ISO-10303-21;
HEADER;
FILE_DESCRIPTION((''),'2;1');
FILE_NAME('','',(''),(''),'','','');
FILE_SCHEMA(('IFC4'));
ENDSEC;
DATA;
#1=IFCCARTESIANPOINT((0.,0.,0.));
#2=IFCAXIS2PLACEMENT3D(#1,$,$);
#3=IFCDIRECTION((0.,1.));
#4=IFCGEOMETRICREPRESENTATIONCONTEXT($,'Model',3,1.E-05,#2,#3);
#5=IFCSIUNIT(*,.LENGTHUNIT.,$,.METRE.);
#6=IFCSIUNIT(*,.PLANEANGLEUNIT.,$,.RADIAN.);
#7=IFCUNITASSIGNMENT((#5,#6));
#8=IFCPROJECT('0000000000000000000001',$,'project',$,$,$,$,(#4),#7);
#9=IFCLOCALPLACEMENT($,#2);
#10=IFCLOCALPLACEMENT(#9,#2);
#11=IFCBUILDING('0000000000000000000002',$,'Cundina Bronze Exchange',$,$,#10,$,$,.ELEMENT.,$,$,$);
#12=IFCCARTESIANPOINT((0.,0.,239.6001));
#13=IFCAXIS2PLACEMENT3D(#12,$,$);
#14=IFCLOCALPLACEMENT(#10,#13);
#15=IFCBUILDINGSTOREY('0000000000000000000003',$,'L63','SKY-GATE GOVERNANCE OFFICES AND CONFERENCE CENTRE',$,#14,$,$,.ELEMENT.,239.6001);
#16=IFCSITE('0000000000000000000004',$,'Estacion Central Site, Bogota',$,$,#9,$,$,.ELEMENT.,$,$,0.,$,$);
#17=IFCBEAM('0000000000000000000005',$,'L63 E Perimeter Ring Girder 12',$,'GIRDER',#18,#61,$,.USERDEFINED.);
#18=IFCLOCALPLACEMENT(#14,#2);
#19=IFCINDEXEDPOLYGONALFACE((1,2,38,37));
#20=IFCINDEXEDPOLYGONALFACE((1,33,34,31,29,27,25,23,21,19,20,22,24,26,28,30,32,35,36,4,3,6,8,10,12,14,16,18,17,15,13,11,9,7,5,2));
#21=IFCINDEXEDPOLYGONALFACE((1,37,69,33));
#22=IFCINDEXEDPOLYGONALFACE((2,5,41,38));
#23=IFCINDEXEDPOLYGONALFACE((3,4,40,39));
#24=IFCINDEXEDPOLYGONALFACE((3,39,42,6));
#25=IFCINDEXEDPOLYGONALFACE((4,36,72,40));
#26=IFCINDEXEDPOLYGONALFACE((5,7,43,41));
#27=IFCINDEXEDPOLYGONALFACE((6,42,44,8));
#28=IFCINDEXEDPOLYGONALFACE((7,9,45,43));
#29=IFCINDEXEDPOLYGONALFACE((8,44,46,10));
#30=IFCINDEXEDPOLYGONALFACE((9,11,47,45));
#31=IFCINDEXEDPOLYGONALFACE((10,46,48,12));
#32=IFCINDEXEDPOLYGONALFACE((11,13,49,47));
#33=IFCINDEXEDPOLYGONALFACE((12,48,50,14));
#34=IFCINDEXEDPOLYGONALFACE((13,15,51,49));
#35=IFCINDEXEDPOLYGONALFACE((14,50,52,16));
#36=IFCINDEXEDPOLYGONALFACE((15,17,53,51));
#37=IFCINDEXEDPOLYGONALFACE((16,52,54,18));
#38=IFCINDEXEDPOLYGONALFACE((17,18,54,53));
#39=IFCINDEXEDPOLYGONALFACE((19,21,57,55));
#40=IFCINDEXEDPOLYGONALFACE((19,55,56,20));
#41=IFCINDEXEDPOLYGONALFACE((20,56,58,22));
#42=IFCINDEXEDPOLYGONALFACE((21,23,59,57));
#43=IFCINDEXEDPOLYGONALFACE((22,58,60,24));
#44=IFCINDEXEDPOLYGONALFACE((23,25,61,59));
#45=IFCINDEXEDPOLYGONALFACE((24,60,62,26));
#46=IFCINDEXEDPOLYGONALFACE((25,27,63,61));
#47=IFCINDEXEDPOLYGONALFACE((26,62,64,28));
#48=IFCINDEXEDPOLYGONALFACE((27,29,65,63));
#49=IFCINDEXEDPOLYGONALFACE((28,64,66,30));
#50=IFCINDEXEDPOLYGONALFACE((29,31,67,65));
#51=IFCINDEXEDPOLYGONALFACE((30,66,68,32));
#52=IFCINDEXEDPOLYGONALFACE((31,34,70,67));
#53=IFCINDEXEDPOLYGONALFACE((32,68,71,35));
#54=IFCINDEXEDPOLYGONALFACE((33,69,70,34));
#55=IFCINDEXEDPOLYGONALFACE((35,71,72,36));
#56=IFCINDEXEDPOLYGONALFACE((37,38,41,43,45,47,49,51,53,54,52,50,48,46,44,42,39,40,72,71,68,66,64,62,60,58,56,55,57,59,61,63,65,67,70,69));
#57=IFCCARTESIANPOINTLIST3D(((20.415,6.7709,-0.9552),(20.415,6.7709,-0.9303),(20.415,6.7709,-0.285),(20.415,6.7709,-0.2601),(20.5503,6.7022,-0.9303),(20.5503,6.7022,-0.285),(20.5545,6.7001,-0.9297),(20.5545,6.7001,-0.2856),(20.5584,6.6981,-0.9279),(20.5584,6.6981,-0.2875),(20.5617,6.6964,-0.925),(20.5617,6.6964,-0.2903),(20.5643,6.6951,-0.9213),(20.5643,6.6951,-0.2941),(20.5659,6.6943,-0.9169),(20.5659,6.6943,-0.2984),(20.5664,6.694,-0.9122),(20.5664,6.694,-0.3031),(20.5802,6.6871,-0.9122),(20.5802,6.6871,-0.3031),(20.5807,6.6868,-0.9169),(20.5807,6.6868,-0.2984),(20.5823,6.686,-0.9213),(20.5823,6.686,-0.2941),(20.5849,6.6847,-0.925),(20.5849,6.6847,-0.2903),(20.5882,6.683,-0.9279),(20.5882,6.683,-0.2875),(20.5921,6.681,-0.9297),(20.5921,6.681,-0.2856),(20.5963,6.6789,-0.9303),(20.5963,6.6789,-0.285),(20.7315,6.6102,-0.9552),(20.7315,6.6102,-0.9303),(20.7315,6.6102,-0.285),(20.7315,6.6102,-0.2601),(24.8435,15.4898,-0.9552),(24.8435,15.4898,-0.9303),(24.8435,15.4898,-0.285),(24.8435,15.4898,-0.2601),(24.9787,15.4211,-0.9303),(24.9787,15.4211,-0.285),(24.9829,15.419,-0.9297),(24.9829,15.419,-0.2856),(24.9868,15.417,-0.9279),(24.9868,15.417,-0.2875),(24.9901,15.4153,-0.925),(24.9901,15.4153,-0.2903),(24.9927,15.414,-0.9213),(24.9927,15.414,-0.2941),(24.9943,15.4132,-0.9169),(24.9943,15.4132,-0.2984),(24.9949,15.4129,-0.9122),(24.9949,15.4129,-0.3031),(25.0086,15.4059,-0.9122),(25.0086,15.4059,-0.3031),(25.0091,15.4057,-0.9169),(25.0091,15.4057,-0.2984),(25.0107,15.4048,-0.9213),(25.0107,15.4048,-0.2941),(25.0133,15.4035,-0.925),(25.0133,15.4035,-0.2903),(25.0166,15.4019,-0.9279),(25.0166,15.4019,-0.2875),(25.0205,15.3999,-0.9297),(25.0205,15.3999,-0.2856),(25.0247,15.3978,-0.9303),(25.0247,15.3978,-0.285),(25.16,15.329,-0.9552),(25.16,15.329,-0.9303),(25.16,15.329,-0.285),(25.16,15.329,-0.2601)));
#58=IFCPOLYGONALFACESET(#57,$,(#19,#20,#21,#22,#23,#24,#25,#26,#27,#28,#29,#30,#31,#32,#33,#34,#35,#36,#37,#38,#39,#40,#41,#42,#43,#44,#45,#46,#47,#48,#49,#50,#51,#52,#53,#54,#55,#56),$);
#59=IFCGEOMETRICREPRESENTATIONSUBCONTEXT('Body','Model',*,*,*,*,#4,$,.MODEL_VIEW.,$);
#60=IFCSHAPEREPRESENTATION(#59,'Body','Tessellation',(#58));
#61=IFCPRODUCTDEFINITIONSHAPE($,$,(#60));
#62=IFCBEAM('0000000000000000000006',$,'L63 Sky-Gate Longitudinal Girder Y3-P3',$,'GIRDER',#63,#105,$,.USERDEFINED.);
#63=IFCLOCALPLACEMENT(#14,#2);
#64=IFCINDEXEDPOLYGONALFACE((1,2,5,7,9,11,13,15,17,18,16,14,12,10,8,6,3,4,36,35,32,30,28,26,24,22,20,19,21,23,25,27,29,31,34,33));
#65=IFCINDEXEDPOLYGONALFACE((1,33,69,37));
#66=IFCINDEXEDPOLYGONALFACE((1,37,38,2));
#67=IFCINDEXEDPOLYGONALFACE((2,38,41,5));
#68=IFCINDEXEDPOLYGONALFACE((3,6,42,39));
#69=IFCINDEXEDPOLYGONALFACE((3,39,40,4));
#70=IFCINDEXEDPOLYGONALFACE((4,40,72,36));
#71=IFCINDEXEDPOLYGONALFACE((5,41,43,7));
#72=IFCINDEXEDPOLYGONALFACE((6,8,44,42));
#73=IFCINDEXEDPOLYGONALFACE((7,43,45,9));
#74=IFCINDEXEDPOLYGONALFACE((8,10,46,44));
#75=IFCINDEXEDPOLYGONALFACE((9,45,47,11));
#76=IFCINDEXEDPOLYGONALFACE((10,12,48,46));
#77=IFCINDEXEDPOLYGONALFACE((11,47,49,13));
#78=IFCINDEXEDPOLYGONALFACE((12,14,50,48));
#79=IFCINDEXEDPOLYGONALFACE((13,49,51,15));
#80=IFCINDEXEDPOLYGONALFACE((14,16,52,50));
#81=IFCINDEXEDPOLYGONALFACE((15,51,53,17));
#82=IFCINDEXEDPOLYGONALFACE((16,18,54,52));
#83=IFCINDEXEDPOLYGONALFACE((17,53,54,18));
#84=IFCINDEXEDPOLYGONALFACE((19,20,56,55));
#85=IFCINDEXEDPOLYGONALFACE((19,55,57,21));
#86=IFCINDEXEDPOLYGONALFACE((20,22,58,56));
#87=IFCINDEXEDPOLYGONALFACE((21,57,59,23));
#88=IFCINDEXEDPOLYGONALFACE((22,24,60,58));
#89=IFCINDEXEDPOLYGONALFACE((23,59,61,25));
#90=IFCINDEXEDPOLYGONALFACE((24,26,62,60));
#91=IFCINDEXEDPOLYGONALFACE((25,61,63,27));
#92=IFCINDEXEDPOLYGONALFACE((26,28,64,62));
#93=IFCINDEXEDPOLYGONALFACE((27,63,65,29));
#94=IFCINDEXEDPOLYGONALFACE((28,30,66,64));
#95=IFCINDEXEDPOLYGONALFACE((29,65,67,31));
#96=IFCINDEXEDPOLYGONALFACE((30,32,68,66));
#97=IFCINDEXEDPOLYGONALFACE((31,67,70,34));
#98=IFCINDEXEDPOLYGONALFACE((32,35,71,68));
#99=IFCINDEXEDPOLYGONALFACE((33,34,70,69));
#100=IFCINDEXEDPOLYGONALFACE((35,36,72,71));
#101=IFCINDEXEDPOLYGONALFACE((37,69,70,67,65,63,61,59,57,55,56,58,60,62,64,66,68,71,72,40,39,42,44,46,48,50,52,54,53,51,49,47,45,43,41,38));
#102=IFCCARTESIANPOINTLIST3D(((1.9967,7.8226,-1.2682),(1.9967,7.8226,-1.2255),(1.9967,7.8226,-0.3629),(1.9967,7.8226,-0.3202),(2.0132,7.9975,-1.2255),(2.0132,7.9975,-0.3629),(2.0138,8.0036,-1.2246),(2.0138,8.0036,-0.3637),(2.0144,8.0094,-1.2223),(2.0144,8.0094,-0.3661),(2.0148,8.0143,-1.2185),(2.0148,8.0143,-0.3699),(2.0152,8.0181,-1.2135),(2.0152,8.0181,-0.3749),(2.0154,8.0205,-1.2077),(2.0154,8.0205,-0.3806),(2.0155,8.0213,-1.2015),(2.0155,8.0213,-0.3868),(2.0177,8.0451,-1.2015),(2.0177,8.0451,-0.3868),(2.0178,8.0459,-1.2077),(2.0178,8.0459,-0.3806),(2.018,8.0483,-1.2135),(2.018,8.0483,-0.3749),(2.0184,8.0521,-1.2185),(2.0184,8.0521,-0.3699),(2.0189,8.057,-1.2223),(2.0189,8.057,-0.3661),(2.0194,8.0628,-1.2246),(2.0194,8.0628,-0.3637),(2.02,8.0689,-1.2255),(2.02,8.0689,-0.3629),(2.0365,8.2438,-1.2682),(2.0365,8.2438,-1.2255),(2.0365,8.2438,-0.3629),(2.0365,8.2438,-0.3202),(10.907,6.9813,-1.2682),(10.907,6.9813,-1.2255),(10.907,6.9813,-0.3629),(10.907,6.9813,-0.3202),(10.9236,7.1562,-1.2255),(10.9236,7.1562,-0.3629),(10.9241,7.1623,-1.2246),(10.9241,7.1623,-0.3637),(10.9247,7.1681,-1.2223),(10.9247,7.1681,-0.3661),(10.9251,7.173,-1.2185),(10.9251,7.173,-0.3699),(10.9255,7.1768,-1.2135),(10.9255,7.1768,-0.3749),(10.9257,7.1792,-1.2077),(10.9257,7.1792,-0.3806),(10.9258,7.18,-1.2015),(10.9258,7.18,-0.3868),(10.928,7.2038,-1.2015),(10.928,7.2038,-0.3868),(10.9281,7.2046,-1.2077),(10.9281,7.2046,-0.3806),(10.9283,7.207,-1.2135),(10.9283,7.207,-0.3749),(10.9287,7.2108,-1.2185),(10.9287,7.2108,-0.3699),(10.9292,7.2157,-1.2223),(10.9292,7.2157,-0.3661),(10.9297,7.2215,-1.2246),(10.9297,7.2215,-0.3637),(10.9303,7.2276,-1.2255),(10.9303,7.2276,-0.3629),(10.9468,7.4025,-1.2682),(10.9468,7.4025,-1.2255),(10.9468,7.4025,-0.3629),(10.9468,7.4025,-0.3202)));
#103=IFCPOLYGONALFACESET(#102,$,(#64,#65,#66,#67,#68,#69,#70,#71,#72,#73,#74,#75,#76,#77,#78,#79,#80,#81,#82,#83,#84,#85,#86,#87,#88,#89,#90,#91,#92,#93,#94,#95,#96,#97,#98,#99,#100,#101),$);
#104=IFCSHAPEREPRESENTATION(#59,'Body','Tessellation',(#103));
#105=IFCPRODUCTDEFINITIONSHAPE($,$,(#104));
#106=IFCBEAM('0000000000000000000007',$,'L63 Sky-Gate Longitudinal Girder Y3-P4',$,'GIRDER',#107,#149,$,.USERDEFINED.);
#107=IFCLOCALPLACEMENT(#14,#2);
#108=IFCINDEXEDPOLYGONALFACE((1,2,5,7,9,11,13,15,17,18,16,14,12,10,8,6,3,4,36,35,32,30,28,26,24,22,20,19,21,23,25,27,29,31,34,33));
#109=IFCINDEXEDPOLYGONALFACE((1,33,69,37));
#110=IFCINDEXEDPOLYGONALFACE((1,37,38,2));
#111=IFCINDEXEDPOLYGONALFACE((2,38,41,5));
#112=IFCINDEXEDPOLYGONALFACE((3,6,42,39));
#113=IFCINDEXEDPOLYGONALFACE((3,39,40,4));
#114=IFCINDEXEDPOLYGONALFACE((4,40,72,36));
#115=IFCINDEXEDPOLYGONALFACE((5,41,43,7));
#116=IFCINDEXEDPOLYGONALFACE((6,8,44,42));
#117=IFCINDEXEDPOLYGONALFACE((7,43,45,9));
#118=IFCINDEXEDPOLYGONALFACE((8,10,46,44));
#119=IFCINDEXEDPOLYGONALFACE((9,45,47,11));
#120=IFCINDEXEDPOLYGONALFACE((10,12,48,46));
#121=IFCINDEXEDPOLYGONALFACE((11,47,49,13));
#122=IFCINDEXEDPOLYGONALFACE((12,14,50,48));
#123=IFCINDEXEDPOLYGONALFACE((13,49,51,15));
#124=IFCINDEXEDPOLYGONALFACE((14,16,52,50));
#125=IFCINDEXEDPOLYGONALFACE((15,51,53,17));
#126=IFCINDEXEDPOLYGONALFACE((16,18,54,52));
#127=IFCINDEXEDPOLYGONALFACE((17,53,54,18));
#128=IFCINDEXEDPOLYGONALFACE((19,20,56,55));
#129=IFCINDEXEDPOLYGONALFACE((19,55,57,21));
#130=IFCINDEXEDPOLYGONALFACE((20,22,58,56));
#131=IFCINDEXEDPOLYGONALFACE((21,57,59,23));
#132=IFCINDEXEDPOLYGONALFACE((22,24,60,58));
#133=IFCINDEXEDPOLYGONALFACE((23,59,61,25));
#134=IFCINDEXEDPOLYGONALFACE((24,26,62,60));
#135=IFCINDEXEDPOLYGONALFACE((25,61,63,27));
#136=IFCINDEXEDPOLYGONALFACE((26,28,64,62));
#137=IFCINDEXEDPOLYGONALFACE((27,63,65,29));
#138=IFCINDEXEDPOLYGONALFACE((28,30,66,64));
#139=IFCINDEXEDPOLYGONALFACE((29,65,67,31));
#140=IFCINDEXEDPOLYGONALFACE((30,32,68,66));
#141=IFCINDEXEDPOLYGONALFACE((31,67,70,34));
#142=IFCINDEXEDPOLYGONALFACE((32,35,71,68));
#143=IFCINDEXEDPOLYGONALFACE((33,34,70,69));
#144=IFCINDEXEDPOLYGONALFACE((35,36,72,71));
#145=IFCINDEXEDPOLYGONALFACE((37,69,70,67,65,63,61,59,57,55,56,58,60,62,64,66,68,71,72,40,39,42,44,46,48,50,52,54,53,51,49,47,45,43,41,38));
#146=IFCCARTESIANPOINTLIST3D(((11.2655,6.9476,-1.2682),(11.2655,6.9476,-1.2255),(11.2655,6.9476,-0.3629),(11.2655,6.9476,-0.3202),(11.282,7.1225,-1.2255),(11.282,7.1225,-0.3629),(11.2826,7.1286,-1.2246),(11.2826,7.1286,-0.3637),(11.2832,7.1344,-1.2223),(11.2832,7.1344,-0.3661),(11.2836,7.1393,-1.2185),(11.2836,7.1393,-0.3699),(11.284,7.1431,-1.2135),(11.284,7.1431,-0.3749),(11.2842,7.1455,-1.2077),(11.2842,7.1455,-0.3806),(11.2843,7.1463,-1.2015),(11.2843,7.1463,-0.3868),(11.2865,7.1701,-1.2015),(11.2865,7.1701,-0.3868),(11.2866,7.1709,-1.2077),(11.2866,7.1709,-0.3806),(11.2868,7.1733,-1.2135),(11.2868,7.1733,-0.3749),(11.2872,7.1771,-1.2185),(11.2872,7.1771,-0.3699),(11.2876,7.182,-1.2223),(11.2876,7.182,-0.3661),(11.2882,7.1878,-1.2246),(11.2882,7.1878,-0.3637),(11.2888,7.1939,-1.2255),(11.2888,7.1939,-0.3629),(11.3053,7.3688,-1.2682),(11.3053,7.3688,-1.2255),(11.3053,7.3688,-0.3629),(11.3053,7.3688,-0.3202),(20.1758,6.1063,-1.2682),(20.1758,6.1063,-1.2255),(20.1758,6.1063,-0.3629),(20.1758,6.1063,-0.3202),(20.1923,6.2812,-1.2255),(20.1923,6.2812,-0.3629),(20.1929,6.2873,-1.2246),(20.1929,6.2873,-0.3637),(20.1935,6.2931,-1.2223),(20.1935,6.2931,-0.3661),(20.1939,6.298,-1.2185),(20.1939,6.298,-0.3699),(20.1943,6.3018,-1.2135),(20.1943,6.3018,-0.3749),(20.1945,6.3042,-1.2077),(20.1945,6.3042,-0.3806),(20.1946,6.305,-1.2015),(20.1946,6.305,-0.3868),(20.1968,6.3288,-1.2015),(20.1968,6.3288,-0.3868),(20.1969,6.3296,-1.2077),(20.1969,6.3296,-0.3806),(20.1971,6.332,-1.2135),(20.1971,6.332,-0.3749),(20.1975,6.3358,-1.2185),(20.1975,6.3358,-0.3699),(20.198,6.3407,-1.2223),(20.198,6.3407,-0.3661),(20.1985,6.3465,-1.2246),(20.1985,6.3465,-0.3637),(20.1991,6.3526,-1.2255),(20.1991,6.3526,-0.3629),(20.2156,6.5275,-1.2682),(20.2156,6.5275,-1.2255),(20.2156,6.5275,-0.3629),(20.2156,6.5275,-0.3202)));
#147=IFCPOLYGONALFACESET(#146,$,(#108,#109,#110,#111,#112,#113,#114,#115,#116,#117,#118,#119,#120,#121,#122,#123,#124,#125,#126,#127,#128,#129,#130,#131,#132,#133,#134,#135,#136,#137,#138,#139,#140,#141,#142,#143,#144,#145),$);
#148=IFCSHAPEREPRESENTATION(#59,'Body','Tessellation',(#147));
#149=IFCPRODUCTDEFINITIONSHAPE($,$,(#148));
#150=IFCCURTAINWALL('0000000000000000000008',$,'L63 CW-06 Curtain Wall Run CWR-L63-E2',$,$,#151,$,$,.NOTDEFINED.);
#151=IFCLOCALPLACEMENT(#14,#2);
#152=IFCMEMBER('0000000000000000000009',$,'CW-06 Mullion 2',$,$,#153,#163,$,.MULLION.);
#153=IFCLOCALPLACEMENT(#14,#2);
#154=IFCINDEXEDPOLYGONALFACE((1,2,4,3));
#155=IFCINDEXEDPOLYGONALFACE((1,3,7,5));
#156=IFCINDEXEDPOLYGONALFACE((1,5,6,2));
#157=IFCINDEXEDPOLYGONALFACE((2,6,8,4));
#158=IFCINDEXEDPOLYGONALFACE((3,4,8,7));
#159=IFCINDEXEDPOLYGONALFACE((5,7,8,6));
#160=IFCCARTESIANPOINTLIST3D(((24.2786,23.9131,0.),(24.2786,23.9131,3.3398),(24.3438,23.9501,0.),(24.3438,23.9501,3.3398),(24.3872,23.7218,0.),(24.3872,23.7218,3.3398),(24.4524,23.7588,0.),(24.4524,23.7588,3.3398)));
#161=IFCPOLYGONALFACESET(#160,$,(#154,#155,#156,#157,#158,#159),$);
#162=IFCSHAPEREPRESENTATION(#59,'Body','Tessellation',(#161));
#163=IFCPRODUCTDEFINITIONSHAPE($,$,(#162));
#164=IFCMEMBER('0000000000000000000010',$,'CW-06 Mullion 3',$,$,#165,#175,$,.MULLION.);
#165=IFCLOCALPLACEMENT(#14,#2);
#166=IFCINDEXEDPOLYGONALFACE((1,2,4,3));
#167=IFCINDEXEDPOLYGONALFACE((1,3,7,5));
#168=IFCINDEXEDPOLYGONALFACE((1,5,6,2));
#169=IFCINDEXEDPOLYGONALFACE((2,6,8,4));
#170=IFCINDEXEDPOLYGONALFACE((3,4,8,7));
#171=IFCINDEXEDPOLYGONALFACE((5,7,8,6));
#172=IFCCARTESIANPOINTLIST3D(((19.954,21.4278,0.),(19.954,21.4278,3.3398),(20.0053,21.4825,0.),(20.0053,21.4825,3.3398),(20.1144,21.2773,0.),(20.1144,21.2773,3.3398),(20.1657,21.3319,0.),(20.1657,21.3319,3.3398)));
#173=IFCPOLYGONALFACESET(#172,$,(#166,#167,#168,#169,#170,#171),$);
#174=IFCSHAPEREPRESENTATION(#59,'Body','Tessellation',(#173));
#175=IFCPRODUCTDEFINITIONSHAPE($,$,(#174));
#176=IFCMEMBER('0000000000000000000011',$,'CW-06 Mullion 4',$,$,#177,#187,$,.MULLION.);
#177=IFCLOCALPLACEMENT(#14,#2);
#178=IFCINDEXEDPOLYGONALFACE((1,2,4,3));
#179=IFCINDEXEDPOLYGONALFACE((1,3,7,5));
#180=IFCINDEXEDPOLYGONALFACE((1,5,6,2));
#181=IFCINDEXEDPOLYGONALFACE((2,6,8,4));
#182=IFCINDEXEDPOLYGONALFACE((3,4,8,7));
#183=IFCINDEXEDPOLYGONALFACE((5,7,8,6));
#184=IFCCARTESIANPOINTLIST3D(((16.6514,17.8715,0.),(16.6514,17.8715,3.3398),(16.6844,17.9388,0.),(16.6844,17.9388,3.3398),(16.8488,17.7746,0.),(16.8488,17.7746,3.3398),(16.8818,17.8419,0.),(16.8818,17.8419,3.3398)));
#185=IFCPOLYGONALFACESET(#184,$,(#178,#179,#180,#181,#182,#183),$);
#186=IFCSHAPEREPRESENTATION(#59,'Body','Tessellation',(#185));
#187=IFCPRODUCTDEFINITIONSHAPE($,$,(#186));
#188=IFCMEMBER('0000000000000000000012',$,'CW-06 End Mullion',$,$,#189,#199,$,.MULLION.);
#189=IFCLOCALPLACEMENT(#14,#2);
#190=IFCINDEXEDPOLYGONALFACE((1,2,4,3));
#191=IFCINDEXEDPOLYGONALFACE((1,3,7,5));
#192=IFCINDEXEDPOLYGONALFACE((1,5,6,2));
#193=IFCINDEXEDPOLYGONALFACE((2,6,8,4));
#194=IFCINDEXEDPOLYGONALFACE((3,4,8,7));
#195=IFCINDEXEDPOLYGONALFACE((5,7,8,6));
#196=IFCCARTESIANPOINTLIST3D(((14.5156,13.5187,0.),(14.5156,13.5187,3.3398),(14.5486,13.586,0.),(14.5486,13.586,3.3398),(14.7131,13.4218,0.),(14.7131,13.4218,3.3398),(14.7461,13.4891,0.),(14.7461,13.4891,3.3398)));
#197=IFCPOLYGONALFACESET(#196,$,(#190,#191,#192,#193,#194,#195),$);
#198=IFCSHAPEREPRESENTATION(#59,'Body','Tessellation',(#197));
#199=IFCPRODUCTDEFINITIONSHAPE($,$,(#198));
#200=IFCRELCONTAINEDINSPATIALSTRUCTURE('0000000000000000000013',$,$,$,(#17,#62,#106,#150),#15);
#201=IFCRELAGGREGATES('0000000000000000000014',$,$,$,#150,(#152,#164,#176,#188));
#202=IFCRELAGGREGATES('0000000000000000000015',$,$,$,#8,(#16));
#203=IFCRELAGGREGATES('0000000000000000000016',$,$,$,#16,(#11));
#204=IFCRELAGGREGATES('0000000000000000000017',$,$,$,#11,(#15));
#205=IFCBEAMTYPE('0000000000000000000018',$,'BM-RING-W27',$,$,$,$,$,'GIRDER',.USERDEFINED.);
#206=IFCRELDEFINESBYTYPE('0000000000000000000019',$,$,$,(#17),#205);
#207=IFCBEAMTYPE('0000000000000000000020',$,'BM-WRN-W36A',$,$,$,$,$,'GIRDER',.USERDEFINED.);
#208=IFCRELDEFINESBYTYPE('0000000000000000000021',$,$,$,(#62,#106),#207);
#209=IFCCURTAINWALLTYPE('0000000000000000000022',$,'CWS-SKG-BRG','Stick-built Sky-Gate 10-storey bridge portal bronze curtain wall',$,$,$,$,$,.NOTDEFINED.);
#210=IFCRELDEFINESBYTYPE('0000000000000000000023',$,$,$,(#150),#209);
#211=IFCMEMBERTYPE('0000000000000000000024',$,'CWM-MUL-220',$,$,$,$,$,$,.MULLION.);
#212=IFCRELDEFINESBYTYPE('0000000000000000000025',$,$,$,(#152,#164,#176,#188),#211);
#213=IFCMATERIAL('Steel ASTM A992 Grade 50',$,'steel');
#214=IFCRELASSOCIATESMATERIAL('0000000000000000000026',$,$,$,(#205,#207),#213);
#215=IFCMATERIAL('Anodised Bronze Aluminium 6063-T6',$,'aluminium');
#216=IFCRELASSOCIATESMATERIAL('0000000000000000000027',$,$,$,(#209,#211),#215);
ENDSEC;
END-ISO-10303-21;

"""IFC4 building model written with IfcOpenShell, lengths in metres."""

from ifc_helpers import new_model, si_unit, direction, frame, origin, origin_2d, place, context, subcontext, project, spatial, rectangle, i_section, extrude, material, material_profile, profile_set, type_object, element, aggregate, save


model = new_model("IFC4")

# Units and contexts
model_context = context("Model", 3, precision=1e-05, world=origin(), true_north=direction((0.0, 1.0)))
body_context = subcontext(model_context, "Body", "Model", "MODEL_VIEW")
ifc_project = project(units=[si_unit("LENGTHUNIT", "METRE"), si_unit("PLANEANGLEUNIT", "RADIAN")], contexts=[model_context])

# Site, building, storey
site_placement = place(None, origin())
site = spatial("IfcSite", under=ifc_project, at=site_placement, Name="Estacion Central Site, Bogota", CompositionType="ELEMENT", RefElevation=0.0)
building_placement = place(site_placement, origin())
building = spatial("IfcBuilding", under=site, at=building_placement, Name="Cundina Bronze Exchange", CompositionType="ELEMENT")
storey_placement = place(building_placement, frame((0.0, 0.0, 239.6001)))
storey = spatial("IfcBuildingStorey", under=building, at=storey_placement, Name="L63", Description="SKY-GATE GOVERNANCE OFFICES AND CONFERENCE CENTRE", CompositionType="ELEMENT", Elevation=239.6001)

# Shared definitions
ifc_material_1 = material(Name="Steel ASTM A992 Grade 50", Category="steel")

# Beams
ifc_material_profile_1 = material_profile(ifc_material_1, i_section(OverallWidth=0.355, OverallDepth=0.6951, WebThickness=0.0154, FlangeThickness=0.0249, FilletRadius=0.0181, at=origin_2d()), Name="W27X146", Category="steel")
ifc_profile_set_1 = profile_set([ifc_material_profile_1], Name="Steel ASTM A992 Grade 50")
beam_type_1 = type_object("IfcBeamType", Name="BM-RING-W27", ElementType="GIRDER", PredefinedType="USERDEFINED", material=ifc_profile_set_1)
beam_1_placement = place(storey_placement, frame((25.0017, 15.4094, -0.6077), z_axis=(-0.452847, -0.891588, 0.0), x_axis=(0.891588, -0.452847, 0.0)))
element("IfcBeam", 1, at=beam_1_placement, inside=storey, type_object=beam_type_1, Name="L63 E Perimeter Ring Girder 12", ObjectType="GIRDER", PredefinedType="USERDEFINED", context=body_context, shape_type="SweptSolid", body=[
    extrude(i_section(OverallWidth=0.355, OverallDepth=0.6951, WebThickness=0.0154, FlangeThickness=0.0249, FilletRadius=0.0181, at=origin_2d()), origin(), (0.0, 0.0, 1.0), 9.7791),
])
ifc_material_profile_2 = material_profile(ifc_material_1, i_section(OverallWidth=0.4231, OverallDepth=0.948, WebThickness=0.0239, FlangeThickness=0.0427, FilletRadius=0.0239, at=origin_2d()), Name="W36X302", Category="steel")
ifc_profile_set_2 = profile_set([ifc_material_profile_2], Name="Steel ASTM A992 Grade 50")
beam_type_2 = type_object("IfcBeamType", Name="BM-WRN-W36A", ElementType="GIRDER", PredefinedType="USERDEFINED", material=ifc_profile_set_2)
for number, where, z_axis, x_axis, name in (
    (2, (2.0166, 8.0332, -0.7942), (0.995572, -0.094001, 0.0), (0.094001, 0.995572, 0.0), "L63 Sky-Gate Longitudinal Girder Y3-P3"),
    (3, (11.2854, 7.1582, -0.7942), (0.995572, -0.094001, 0.0), (0.094001, 0.995572, 0.0), "L63 Sky-Gate Longitudinal Girder Y3-P4"),
):
    element("IfcBeam", number, at=place(storey_placement, frame(where, z_axis=z_axis, x_axis=x_axis)), inside=storey, type_object=beam_type_2, Name=name, ObjectType="GIRDER", PredefinedType="USERDEFINED", context=body_context, shape_type="SweptSolid", body=[
        extrude(i_section(OverallWidth=0.4231, OverallDepth=0.948, WebThickness=0.0239, FlangeThickness=0.0427, FilletRadius=0.0239, at=origin_2d()), origin(), (0.0, 0.0, 1.0), 8.95),
    ])

# Curtain wall, members
ifc_material_2 = material(Name="Anodised Bronze Aluminium 6063-T6", Category="aluminium")
curtain_wall_type = type_object("IfcCurtainWallType", Name="CWS-SKG-BRG", Description="Stick-built Sky-Gate 10-storey bridge portal bronze curtain wall", PredefinedType="NOTDEFINED", material=ifc_material_2)
curtain_wall_1_placement = place(storey_placement, origin())
curtain_wall_1 = element("IfcCurtainWall", 4, at=curtain_wall_1_placement, inside=storey, type_object=curtain_wall_type, Name="L63 CW-06 Curtain Wall Run CWR-L63-E2", PredefinedType="NOTDEFINED")
ifc_material_profile_3 = material_profile(ifc_material_2, rectangle(XDim=0.075, YDim=0.22, at=origin_2d()), Name="AL75X220", Category="aluminium")
ifc_profile_set_3 = profile_set([ifc_material_profile_3], Name="Anodised Bronze Aluminium 6063-T6")
member_type_1 = type_object("IfcMemberType", Name="CWM-MUL-220", PredefinedType="MULLION", material=ifc_profile_set_3)
member_1_placement = place(storey_placement, frame((24.3655, 23.8359, 0.0), z_axis=(0.0, 0.0, 1.0), x_axis=(-0.869581, -0.49379, 0.0)))
member_1 = element("IfcMember", 5, at=member_1_placement, type_object=member_type_1, Name="CW-06 Mullion 2", PredefinedType="MULLION", context=body_context, shape_type="SweptSolid", body=[
    extrude(rectangle(XDim=0.075, YDim=0.22, at=origin_2d()), origin(), (0.0, 0.0, 1.0), 3.3398),
])
member_2_placement = place(storey_placement, frame((20.0598, 21.3799, 0.0), z_axis=(0.0, 0.0, 1.0), x_axis=(-0.684293, -0.729208, 0.0)))
member_2 = element("IfcMember", 6, at=member_2_placement, type_object=member_type_1, Name="CW-06 Mullion 3", PredefinedType="MULLION", context=body_context, shape_type="SweptSolid", body=[
    extrude(rectangle(XDim=0.075, YDim=0.22, at=origin_2d()), origin(), (0.0, 0.0, 1.0), 3.3398),
])
member_3_placement = place(storey_placement, frame((16.7666, 17.8567, 0.0), z_axis=(0.0, 0.0, 1.0), x_axis=(-0.440566, -0.89772, 0.0)))
member_3 = element("IfcMember", 7, at=member_3_placement, type_object=member_type_1, Name="CW-06 Mullion 4", PredefinedType="MULLION", context=body_context, shape_type="SweptSolid", body=[
    extrude(rectangle(XDim=0.075, YDim=0.22, at=origin_2d()), origin(), (0.0, 0.0, 1.0), 3.3398),
])
member_4_placement = place(storey_placement, frame((14.6309, 13.5039, 0.0), z_axis=(0.0, 0.0, 1.0), x_axis=(-0.440566, -0.89772, 0.0)))
member_4 = element("IfcMember", 8, at=member_4_placement, type_object=member_type_1, Name="CW-06 End Mullion", PredefinedType="MULLION", context=body_context, shape_type="SweptSolid", body=[
    extrude(rectangle(XDim=0.075, YDim=0.22, at=origin_2d()), origin(), (0.0, 0.0, 1.0), 3.3398),
])

aggregate(curtain_wall_1, [member_1, member_2, member_3, member_4])

save(model, "model.ifc")
